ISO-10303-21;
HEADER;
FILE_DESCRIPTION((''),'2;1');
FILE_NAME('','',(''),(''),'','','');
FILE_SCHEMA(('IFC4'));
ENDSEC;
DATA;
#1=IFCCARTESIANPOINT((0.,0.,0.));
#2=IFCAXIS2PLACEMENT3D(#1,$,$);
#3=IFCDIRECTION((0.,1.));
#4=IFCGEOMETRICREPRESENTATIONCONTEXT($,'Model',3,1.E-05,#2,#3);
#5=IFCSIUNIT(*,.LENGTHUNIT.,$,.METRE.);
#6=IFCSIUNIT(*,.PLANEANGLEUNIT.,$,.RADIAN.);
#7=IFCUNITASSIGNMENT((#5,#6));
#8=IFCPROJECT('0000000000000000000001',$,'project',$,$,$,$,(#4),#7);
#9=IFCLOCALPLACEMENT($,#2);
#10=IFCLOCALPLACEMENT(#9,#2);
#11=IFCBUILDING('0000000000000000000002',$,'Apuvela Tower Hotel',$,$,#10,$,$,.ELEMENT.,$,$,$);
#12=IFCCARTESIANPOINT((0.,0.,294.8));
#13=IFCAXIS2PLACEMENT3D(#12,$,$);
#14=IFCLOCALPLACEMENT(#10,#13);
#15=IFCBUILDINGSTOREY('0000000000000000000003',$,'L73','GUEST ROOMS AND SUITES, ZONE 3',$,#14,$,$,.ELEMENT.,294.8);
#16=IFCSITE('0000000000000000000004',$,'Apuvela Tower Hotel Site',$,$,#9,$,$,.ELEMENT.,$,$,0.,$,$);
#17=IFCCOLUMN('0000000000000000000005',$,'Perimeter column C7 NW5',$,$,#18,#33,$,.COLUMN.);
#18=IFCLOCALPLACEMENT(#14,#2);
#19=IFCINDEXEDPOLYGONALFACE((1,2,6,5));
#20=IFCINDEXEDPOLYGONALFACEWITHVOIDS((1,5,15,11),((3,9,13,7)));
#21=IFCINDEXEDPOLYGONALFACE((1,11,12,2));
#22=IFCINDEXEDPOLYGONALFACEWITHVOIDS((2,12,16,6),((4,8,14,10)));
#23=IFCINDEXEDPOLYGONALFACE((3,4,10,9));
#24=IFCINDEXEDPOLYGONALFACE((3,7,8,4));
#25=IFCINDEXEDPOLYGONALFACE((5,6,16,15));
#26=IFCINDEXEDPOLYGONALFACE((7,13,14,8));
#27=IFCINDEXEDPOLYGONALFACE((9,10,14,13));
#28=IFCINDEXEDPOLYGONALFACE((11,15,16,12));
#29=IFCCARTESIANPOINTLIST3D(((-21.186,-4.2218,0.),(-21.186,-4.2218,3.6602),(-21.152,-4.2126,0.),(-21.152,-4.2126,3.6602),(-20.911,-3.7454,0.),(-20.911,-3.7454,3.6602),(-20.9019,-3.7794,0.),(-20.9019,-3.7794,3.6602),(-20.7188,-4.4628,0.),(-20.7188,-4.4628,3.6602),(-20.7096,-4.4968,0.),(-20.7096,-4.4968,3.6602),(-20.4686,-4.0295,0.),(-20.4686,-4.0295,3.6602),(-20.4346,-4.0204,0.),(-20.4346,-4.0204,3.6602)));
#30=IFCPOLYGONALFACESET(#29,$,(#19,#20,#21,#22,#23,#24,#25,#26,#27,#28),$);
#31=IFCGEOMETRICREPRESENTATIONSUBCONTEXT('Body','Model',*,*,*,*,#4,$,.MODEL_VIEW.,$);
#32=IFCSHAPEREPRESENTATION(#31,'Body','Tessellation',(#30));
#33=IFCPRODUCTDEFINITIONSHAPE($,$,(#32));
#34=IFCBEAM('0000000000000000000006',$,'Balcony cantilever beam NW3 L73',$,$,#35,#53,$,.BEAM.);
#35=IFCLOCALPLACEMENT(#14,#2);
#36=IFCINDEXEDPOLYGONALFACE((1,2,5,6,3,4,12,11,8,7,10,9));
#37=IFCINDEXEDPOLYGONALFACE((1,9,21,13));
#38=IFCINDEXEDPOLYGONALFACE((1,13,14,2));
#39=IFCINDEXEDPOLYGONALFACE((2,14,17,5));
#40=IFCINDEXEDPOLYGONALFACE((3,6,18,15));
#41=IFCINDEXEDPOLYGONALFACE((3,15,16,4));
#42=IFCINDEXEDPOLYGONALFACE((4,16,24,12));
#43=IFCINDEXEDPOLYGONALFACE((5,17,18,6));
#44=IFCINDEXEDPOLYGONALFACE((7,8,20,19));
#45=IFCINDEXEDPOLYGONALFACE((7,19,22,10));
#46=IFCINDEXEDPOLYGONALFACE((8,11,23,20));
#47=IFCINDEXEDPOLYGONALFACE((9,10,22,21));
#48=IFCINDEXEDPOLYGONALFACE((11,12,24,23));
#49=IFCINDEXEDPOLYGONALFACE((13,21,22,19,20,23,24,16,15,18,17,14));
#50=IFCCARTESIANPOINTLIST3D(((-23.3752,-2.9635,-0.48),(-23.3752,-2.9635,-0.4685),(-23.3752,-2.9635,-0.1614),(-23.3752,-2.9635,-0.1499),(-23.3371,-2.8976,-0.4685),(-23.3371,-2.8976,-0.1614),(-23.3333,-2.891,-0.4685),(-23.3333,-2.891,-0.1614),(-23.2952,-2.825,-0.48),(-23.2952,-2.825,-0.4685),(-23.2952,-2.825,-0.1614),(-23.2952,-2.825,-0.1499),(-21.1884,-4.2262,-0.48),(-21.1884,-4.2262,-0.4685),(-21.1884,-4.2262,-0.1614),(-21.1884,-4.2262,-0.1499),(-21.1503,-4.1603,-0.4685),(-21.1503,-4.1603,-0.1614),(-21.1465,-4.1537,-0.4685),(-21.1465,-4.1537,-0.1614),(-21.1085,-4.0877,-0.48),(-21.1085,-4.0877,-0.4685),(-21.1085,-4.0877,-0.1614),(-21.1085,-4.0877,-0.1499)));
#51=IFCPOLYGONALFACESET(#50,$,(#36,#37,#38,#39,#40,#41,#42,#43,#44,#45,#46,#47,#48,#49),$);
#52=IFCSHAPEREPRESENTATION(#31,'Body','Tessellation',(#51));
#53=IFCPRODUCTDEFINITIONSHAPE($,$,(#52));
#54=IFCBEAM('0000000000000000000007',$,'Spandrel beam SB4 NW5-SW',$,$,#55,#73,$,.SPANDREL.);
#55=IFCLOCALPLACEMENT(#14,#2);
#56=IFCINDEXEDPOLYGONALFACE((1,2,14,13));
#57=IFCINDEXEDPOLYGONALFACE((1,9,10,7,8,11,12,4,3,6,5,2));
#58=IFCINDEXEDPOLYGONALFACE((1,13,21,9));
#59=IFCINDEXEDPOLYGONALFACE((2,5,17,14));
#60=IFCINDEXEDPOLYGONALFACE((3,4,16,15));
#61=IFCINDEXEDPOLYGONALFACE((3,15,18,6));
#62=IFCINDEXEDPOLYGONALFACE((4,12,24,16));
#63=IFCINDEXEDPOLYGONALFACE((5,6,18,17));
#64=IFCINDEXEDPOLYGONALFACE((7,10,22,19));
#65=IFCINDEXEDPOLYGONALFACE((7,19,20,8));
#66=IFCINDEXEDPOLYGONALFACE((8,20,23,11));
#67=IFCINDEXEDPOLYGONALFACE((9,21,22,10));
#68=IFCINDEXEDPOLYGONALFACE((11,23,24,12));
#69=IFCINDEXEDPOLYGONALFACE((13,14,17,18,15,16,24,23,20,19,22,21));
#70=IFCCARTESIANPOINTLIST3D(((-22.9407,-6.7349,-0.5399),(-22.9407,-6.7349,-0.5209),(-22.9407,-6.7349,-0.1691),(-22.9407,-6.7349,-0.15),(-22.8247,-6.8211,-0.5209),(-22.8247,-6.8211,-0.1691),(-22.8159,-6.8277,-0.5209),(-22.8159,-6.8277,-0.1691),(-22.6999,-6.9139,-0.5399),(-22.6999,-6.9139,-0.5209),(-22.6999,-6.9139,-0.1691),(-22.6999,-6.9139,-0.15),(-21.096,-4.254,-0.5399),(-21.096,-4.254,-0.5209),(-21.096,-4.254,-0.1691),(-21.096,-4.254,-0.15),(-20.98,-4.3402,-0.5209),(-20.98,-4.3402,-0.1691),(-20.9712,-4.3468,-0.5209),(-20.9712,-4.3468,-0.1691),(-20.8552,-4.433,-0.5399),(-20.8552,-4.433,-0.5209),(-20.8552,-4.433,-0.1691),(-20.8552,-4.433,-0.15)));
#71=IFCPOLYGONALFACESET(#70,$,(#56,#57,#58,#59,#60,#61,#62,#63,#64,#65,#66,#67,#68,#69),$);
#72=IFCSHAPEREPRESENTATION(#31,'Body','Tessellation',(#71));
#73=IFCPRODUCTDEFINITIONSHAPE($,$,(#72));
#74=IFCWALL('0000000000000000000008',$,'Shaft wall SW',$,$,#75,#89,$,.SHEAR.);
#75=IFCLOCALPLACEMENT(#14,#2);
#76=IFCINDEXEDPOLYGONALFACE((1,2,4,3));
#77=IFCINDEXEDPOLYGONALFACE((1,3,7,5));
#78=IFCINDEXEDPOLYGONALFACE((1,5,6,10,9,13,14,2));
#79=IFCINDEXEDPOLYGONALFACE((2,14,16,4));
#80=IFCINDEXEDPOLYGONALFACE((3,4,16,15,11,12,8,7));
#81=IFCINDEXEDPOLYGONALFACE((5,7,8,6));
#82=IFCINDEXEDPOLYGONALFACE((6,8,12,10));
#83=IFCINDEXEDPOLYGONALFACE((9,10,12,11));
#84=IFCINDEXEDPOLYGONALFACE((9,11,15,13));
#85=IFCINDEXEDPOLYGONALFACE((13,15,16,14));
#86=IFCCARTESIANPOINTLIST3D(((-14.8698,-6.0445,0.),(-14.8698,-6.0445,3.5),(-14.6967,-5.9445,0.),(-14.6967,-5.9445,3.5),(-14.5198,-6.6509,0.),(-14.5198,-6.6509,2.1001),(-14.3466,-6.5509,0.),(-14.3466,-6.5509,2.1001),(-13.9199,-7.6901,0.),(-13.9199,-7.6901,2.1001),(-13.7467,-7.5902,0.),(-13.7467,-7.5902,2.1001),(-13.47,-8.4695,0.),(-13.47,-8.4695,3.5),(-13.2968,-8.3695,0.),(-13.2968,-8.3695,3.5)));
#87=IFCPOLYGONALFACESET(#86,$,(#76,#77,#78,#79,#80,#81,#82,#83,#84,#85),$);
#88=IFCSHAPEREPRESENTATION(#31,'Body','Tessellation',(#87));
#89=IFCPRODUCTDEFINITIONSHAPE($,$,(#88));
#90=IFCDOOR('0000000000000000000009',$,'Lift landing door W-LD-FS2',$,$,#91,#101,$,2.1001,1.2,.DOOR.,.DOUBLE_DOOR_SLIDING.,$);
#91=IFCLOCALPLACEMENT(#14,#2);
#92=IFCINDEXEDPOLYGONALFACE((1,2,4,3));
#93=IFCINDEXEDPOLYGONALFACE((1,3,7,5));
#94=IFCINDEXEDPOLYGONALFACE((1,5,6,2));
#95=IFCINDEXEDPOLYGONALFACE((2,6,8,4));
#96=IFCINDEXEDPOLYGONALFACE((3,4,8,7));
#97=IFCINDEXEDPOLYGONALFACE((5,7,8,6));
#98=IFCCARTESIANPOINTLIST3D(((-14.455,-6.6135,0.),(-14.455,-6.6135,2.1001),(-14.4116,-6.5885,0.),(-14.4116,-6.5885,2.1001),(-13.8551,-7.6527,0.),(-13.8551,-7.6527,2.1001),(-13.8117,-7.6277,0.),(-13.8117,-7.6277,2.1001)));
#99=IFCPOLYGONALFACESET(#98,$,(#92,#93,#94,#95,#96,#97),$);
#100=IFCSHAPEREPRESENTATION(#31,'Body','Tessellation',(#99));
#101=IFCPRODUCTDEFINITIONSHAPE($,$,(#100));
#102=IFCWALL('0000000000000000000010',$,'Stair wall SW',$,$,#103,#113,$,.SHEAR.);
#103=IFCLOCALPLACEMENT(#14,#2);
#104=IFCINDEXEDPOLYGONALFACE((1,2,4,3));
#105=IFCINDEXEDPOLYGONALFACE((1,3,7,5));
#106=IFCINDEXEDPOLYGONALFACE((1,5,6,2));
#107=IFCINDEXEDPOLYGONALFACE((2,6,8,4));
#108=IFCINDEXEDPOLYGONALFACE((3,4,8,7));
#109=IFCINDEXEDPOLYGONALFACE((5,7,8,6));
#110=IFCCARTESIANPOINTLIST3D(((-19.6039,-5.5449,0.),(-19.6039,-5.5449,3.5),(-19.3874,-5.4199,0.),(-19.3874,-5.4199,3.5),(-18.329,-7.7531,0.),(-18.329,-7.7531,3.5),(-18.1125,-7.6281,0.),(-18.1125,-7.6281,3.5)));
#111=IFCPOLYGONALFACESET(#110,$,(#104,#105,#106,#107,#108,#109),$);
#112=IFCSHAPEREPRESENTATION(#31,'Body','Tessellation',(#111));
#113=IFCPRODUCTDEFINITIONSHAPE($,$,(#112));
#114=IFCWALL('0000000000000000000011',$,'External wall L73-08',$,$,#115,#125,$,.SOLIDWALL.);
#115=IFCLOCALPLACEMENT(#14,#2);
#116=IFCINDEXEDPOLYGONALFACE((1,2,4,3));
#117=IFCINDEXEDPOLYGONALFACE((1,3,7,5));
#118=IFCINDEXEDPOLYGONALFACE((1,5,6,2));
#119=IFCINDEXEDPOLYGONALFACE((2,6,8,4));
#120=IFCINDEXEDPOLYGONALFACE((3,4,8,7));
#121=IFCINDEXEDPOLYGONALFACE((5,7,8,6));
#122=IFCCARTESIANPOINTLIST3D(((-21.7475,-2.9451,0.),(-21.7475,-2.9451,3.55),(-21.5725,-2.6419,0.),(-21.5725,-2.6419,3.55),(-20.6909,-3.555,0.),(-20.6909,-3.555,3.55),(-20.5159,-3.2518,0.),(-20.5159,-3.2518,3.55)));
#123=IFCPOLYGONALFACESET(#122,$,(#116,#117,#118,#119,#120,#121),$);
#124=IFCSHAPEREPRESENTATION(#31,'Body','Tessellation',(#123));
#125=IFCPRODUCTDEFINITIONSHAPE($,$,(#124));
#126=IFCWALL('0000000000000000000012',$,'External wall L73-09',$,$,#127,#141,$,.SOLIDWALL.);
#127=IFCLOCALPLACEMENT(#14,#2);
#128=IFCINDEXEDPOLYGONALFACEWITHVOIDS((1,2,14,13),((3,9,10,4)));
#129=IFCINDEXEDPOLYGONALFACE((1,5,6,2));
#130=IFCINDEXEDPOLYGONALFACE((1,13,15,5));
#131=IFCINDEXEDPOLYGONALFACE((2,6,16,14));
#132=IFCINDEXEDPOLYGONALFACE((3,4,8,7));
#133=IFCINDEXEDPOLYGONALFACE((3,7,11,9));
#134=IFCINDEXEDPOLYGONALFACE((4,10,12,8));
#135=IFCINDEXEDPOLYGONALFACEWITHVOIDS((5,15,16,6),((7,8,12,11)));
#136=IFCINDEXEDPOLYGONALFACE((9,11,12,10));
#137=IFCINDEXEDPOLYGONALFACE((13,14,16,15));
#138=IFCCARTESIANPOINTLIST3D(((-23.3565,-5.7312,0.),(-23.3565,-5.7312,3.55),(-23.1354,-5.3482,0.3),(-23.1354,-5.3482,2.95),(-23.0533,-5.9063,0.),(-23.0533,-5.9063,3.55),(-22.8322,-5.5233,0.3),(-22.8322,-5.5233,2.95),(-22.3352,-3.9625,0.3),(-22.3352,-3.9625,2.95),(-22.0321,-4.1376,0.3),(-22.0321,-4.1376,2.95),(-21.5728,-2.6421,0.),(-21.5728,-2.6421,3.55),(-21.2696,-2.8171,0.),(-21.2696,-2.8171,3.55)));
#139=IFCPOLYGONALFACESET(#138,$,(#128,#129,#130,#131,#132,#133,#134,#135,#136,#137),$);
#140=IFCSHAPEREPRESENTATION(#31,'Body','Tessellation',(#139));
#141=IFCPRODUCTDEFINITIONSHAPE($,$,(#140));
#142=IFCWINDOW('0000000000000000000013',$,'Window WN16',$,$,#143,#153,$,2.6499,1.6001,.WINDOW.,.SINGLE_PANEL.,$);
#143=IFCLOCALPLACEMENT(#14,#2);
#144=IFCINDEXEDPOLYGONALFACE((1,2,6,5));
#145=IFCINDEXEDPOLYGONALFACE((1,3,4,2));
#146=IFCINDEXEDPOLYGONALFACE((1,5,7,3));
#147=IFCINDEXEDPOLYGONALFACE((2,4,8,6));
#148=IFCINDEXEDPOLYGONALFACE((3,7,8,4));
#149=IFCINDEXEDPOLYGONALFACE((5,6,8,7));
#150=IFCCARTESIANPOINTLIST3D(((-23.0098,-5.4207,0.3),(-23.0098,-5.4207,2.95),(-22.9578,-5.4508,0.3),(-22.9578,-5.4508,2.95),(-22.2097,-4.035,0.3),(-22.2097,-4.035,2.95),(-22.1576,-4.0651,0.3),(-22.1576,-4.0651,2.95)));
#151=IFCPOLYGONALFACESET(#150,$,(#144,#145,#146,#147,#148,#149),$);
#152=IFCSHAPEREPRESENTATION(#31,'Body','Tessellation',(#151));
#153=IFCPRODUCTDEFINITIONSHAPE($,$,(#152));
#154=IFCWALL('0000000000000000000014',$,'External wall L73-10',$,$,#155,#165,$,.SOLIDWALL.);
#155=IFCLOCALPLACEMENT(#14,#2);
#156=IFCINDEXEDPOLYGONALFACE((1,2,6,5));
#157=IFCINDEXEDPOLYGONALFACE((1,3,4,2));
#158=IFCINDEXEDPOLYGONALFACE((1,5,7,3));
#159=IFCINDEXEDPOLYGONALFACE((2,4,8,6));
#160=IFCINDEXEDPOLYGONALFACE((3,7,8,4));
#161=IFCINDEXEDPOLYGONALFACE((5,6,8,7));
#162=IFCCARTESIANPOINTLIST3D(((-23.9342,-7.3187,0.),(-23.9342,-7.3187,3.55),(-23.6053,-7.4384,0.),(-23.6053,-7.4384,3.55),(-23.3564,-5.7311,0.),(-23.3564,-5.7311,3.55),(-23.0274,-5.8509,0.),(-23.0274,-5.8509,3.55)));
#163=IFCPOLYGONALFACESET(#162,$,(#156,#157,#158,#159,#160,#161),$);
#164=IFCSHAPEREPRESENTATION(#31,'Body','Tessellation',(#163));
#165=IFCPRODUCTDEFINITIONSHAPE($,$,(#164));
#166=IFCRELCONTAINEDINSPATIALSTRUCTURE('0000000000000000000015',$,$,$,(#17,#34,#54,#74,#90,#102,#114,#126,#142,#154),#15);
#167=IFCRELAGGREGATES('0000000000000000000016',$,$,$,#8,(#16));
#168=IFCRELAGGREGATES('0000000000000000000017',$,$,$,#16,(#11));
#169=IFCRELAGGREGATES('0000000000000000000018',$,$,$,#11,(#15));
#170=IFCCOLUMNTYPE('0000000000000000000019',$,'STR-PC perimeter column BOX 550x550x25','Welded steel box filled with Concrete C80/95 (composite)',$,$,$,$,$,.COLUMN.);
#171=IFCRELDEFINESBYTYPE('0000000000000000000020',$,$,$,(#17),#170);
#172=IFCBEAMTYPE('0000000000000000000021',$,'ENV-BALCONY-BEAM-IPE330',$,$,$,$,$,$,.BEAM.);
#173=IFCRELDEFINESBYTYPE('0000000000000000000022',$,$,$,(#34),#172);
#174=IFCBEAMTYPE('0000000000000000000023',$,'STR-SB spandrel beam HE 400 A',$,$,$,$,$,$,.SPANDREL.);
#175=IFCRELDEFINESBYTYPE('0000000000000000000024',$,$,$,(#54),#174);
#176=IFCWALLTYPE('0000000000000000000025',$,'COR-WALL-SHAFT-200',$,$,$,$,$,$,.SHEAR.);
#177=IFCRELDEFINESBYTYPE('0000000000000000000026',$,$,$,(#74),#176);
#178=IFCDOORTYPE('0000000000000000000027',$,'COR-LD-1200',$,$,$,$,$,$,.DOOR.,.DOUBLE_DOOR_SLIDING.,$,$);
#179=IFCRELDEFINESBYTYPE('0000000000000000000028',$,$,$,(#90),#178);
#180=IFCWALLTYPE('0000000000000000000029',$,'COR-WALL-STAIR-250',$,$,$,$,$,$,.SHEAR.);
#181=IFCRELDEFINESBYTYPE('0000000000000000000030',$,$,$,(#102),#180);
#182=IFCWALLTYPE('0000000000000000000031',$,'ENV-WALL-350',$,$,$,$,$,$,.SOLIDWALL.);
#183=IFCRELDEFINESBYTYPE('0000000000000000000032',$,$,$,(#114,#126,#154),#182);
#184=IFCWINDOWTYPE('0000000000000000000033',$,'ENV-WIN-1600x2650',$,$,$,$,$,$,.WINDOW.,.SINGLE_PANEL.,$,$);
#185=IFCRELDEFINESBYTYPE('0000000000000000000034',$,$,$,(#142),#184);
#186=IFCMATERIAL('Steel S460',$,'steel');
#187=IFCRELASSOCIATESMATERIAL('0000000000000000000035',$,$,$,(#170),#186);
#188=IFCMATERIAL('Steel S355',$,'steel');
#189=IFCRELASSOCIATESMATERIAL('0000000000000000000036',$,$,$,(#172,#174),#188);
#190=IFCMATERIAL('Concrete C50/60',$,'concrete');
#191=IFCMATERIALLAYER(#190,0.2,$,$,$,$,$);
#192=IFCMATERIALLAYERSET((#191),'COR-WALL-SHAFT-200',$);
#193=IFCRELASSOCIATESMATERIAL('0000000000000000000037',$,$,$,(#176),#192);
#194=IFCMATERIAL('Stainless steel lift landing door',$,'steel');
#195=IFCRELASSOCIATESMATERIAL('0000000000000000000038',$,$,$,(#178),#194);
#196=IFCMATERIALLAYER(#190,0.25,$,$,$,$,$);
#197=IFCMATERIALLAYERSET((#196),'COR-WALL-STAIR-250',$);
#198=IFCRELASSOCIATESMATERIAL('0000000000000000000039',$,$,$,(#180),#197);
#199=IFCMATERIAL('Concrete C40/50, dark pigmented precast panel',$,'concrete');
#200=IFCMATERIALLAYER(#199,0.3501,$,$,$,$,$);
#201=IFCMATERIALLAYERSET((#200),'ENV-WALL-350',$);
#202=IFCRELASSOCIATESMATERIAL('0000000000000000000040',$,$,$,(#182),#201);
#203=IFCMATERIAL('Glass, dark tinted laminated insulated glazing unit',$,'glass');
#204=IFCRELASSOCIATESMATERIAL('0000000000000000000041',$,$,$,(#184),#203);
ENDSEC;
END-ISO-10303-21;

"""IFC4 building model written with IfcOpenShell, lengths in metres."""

from ifc_helpers import new_model, si_unit, direction, frame, frame_2d, origin, origin_2d, place, context, subcontext, project, spatial, rectangle, hollow_rectangle, i_section, extrude, boolean, halfspace, material, layer, layer_set, material_profile, profile_set, type_object, element, fill, save


model = new_model("IFC4")

# Units and contexts
model_context = context("Model", 3, precision=1e-05, world=origin(), true_north=direction((0.0, 1.0)))
body_context = subcontext(model_context, "Body", "Model", "MODEL_VIEW")
ifc_project = project(units=[si_unit("LENGTHUNIT", "METRE"), si_unit("PLANEANGLEUNIT", "RADIAN")], contexts=[model_context])

# Site, building, storey
site_placement = place(None, origin())
site = spatial("IfcSite", under=ifc_project, at=site_placement, Name="Apuvela Tower Hotel Site", CompositionType="ELEMENT", RefElevation=0.0)
building_placement = place(site_placement, origin())
building = spatial("IfcBuilding", under=site, at=building_placement, Name="Apuvela Tower Hotel", CompositionType="ELEMENT")
storey_placement = place(building_placement, frame((0.0, 0.0, 294.8)))
storey = spatial("IfcBuildingStorey", under=building, at=storey_placement, Name="L73", Description="GUEST ROOMS AND SUITES, ZONE 3", CompositionType="ELEMENT", Elevation=294.8)

# Column
ifc_material_1 = material(Name="Steel S460", Category="steel")
ifc_material_profile_1 = material_profile(ifc_material_1, hollow_rectangle(XDim=0.55, YDim=0.55, WallThickness=0.0249, at=origin_2d()), Name="BOX 550x550x25")
ifc_material_2 = material(Name="Concrete C80/95", Category="concrete")
ifc_material_profile_2 = material_profile(ifc_material_2, rectangle(XDim=0.5, YDim=0.5, at=origin_2d()), Name="Concrete C80/95 infill")
ifc_profile_set_1 = profile_set([ifc_material_profile_1, ifc_material_profile_2], Name="Steel S460")
column_type = type_object("IfcColumnType", Name="STR-PC perimeter column BOX 550x550x25", Description="Welded steel box filled with Concrete C80/95 (composite)", PredefinedType="COLUMN", material=ifc_profile_set_1)
column_placement = place(storey_placement, frame((-20.8103, -4.1211, 0.0), z_axis=(0.0, 0.0, 1.0), x_axis=(0.5, 0.866025, 0.0)))
element("IfcColumn", 1, at=column_placement, inside=storey, type_object=column_type, Name="Perimeter column C7 NW5", PredefinedType="COLUMN", context=body_context, shape_type="SweptSolid", body=[
    boolean("DIFFERENCE", extrude(hollow_rectangle(XDim=0.55, YDim=0.55, WallThickness=0.0249, at=origin_2d()), origin(), (0.0, 0.0, 1.0), 3.7), halfspace(frame((0.0, 0.0, 3.6602), z_axis=(0.0, 0.0, 1.0), x_axis=(1.0, 0.0, 0.0)), False)),
])

# Beams
ifc_material_3 = material(Name="Steel S355", Category="steel")
ifc_material_profile_3 = material_profile(ifc_material_3, i_section(OverallWidth=0.1599, OverallDepth=0.3301, WebThickness=0.0076, FlangeThickness=0.0115, at=origin_2d()), Name="IPE 330")
ifc_profile_set_2 = profile_set([ifc_material_profile_3], Name="Steel S355")
beam_type_1 = type_object("IfcBeamType", Name="ENV-BALCONY-BEAM-IPE330", PredefinedType="BEAM", material=ifc_profile_set_2)
beam_1_placement = place(storey_placement, frame((-21.1484, -4.157, -0.3149), z_axis=(-0.865997, 0.500049, 0.0), x_axis=(-0.500049, -0.865997, 0.0)))
element("IfcBeam", 2, at=beam_1_placement, inside=storey, type_object=beam_type_1, Name="Balcony cantilever beam NW3 L73", PredefinedType="BEAM", context=body_context, shape_type="SweptSolid", body=[
    extrude(i_section(OverallWidth=0.1599, OverallDepth=0.3301, WebThickness=0.0076, FlangeThickness=0.0115, at=origin_2d()), origin(), (0.0, 0.0, 1.0), 2.5251),
])
ifc_material_profile_4 = material_profile(ifc_material_3, i_section(OverallWidth=0.3, OverallDepth=0.3899, WebThickness=0.011, FlangeThickness=0.019, at=origin_2d()), Name="HE 400 A")
ifc_profile_set_3 = profile_set([ifc_material_profile_4], Name="Steel S355")
beam_type_2 = type_object("IfcBeamType", Name="STR-SB spandrel beam HE 400 A", PredefinedType="SPANDREL", material=ifc_profile_set_3)
beam_2_placement = place(storey_placement, frame((-20.9756, -4.3435, -0.345), z_axis=(-0.596685, -0.802476, 0.0), x_axis=(0.802476, -0.596685, 0.0)))
element("IfcBeam", 3, at=beam_2_placement, inside=storey, type_object=beam_type_2, Name="Spandrel beam SB4 NW5-SW", PredefinedType="SPANDREL", context=body_context, shape_type="SweptSolid", body=[
    extrude(i_section(OverallWidth=0.3, OverallDepth=0.3899, WebThickness=0.011, FlangeThickness=0.019, at=origin_2d()), origin(), (0.0, 0.0, 1.0), 3.0916),
])

# Wall, opening, door
ifc_material_4 = material(Name="Concrete C50/60", Category="concrete")
ifc_layer_1 = layer(ifc_material_4, 0.2)
ifc_layer_set_1 = layer_set([ifc_layer_1], Name="COR-WALL-SHAFT-200")
wall_type_1 = type_object("IfcWallType", Name="COR-WALL-SHAFT-200", PredefinedType="SHEAR", material=ifc_layer_set_1)
wall_1_placement = place(storey_placement, frame((-14.7832, -5.9946, 0.0), z_axis=(0.0, 0.0, 1.0), x_axis=(0.499946, -0.866056, 0.0)))
wall_1 = element("IfcWall", 4, at=wall_1_placement, inside=storey, type_object=wall_type_1, Name="Shaft wall SW", PredefinedType="SHEAR", context=body_context, shape_type="SweptSolid", body=[
    extrude(rectangle(XDim=2.8, YDim=0.2, at=frame_2d((1.3999, 0.0))), origin(), (0.0, 0.0, 1.0), 3.5),
])
opening_1_placement = place(wall_1_placement, frame((0.7, 0.0, 0.0)))
opening_1 = element("IfcOpeningElement", 5, at=opening_1_placement, cuts=wall_1, PredefinedType="OPENING", context=body_context, shape_type="SweptSolid", body=[
    extrude(rectangle(XDim=1.2, YDim=2.1001, at=frame_2d((0.6001, 1.05))), frame((0.0, 0.1099, 0.0), z_axis=(0.0, -1.0, 0.0), x_axis=(1.0, 0.0, 0.0)), (0.0, 0.0, 1.0), 0.22),
])
ifc_material_5 = material(Name="Stainless steel lift landing door", Category="steel")
door_type = type_object("IfcDoorType", Name="COR-LD-1200", OperationType="DOUBLE_DOOR_SLIDING", PredefinedType="DOOR", material=ifc_material_5)
door_placement = place(opening_1_placement, origin())
door = element("IfcDoor", 6, at=door_placement, inside=storey, type_object=door_type, Name="Lift landing door W-LD-FS2", OperationType="DOUBLE_DOOR_SLIDING", OverallHeight=2.1001, OverallWidth=1.2, PredefinedType="DOOR", context=body_context, shape_type="SweptSolid", body=[
    extrude(rectangle(XDim=1.2, YDim=2.1001, at=frame_2d((0.6001, 1.05))), frame((0.0, 0.0249, 0.0), z_axis=(0.0, -1.0, 0.0), x_axis=(1.0, 0.0, 0.0)), (0.0, 0.0, 1.0), 0.05),
])
fill(opening_1, door)

# Walls
ifc_layer_2 = layer(ifc_material_4, 0.25)
ifc_layer_set_2 = layer_set([ifc_layer_2], Name="COR-WALL-STAIR-250")
wall_type_2 = type_object("IfcWallType", Name="COR-WALL-STAIR-250", PredefinedType="SHEAR", material=ifc_layer_set_2)
wall_2_placement = place(storey_placement, frame((-19.4956, -5.4824, 0.0), z_axis=(0.0, 0.0, 1.0), x_axis=(0.49999, -0.866031, 0.0)))
element("IfcWall", 7, at=wall_2_placement, inside=storey, type_object=wall_type_2, Name="Stair wall SW", PredefinedType="SHEAR", context=body_context, shape_type="SweptSolid", body=[
    extrude(rectangle(XDim=2.5498, YDim=0.25, at=frame_2d((1.2749, 0.0))), origin(), (0.0, 0.0, 1.0), 3.5),
])
ifc_material_6 = material(Name="Concrete C40/50, dark pigmented precast panel", Category="concrete")
ifc_layer_3 = layer(ifc_material_6, 0.3501)
ifc_layer_set_3 = layer_set([ifc_layer_3], Name="ENV-WALL-350")
wall_type_3 = type_object("IfcWallType", Name="ENV-WALL-350", PredefinedType="SOLIDWALL", material=ifc_layer_set_3)
wall_3_placement = place(storey_placement, frame((-20.6035, -3.4033, 0.0), z_axis=(0.0, 0.0, 1.0), x_axis=(-0.866092, 0.499884, 0.0)))
element("IfcWall", 8, at=wall_3_placement, inside=storey, type_object=wall_type_3, Name="External wall L73-08", PredefinedType="SOLIDWALL", context=body_context, shape_type="SweptSolid", body=[
    extrude(rectangle(XDim=1.22, YDim=0.3501, at=frame_2d((0.6099, 0.0))), origin(), (0.0, 0.0, 1.0), 3.55),
])

# Wall, opening, window
wall_4_placement = place(storey_placement, frame((-21.4211, -2.7295, 0.0), z_axis=(0.0, 0.0, 1.0), x_axis=(-0.50004, -0.866002, 0.0)))
wall_4 = element("IfcWall", 9, at=wall_4_placement, inside=storey, type_object=wall_type_3, Name="External wall L73-09", PredefinedType="SOLIDWALL", context=body_context, shape_type="SweptSolid", body=[
    extrude(rectangle(XDim=3.5671, YDim=0.3501, at=frame_2d((1.7837, 0.0))), origin(), (0.0, 0.0, 1.0), 3.55),
])
opening_2_placement = place(wall_4_placement, frame((1.5249, 0.0, 0.3)))
opening_2 = element("IfcOpeningElement", 10, at=opening_2_placement, cuts=wall_4, PredefinedType="OPENING", context=body_context, shape_type="SweptSolid", body=[
    extrude(rectangle(XDim=1.6001, YDim=2.6499, at=frame_2d((0.8, 1.325))), frame((0.0, 0.1851, 0.0), z_axis=(0.0, -1.0, 0.0), x_axis=(1.0, 0.0, 0.0)), (0.0, 0.0, 1.0), 0.3701),
])
ifc_material_7 = material(Name="Glass, dark tinted laminated insulated glazing unit", Category="glass")
window_type = type_object("IfcWindowType", Name="ENV-WIN-1600x2650", PartitioningType="SINGLE_PANEL", PredefinedType="WINDOW", material=ifc_material_7)
window_placement = place(opening_2_placement, origin())
window = element("IfcWindow", 11, at=window_placement, inside=storey, type_object=window_type, Name="Window WN16", OverallHeight=2.6499, OverallWidth=1.6001, PartitioningType="SINGLE_PANEL", PredefinedType="WINDOW", context=body_context, shape_type="SweptSolid", body=[
    extrude(rectangle(XDim=1.6001, YDim=2.6499, at=frame_2d((0.8, 1.325))), frame((0.0, 0.03, 0.0), z_axis=(0.0, -1.0, 0.0), x_axis=(1.0, 0.0, 0.0)), (0.0, 0.0, 1.0), 0.0601),
])
fill(opening_2, window)

# Wall
wall_5_placement = place(storey_placement, frame((-23.1919, -5.791, 0.0), z_axis=(0.0, 0.0, 1.0), x_axis=(-0.342033, -0.939688, 0.0)))
element("IfcWall", 12, at=wall_5_placement, inside=storey, type_object=wall_type_3, Name="External wall L73-10", PredefinedType="SOLIDWALL", context=body_context, shape_type="SweptSolid", body=[
    extrude(rectangle(XDim=1.6895, YDim=0.3501, at=frame_2d((0.8447, 0.0))), origin(), (0.0, 0.0, 1.0), 3.55),
])

save(model, "model.ifc")
